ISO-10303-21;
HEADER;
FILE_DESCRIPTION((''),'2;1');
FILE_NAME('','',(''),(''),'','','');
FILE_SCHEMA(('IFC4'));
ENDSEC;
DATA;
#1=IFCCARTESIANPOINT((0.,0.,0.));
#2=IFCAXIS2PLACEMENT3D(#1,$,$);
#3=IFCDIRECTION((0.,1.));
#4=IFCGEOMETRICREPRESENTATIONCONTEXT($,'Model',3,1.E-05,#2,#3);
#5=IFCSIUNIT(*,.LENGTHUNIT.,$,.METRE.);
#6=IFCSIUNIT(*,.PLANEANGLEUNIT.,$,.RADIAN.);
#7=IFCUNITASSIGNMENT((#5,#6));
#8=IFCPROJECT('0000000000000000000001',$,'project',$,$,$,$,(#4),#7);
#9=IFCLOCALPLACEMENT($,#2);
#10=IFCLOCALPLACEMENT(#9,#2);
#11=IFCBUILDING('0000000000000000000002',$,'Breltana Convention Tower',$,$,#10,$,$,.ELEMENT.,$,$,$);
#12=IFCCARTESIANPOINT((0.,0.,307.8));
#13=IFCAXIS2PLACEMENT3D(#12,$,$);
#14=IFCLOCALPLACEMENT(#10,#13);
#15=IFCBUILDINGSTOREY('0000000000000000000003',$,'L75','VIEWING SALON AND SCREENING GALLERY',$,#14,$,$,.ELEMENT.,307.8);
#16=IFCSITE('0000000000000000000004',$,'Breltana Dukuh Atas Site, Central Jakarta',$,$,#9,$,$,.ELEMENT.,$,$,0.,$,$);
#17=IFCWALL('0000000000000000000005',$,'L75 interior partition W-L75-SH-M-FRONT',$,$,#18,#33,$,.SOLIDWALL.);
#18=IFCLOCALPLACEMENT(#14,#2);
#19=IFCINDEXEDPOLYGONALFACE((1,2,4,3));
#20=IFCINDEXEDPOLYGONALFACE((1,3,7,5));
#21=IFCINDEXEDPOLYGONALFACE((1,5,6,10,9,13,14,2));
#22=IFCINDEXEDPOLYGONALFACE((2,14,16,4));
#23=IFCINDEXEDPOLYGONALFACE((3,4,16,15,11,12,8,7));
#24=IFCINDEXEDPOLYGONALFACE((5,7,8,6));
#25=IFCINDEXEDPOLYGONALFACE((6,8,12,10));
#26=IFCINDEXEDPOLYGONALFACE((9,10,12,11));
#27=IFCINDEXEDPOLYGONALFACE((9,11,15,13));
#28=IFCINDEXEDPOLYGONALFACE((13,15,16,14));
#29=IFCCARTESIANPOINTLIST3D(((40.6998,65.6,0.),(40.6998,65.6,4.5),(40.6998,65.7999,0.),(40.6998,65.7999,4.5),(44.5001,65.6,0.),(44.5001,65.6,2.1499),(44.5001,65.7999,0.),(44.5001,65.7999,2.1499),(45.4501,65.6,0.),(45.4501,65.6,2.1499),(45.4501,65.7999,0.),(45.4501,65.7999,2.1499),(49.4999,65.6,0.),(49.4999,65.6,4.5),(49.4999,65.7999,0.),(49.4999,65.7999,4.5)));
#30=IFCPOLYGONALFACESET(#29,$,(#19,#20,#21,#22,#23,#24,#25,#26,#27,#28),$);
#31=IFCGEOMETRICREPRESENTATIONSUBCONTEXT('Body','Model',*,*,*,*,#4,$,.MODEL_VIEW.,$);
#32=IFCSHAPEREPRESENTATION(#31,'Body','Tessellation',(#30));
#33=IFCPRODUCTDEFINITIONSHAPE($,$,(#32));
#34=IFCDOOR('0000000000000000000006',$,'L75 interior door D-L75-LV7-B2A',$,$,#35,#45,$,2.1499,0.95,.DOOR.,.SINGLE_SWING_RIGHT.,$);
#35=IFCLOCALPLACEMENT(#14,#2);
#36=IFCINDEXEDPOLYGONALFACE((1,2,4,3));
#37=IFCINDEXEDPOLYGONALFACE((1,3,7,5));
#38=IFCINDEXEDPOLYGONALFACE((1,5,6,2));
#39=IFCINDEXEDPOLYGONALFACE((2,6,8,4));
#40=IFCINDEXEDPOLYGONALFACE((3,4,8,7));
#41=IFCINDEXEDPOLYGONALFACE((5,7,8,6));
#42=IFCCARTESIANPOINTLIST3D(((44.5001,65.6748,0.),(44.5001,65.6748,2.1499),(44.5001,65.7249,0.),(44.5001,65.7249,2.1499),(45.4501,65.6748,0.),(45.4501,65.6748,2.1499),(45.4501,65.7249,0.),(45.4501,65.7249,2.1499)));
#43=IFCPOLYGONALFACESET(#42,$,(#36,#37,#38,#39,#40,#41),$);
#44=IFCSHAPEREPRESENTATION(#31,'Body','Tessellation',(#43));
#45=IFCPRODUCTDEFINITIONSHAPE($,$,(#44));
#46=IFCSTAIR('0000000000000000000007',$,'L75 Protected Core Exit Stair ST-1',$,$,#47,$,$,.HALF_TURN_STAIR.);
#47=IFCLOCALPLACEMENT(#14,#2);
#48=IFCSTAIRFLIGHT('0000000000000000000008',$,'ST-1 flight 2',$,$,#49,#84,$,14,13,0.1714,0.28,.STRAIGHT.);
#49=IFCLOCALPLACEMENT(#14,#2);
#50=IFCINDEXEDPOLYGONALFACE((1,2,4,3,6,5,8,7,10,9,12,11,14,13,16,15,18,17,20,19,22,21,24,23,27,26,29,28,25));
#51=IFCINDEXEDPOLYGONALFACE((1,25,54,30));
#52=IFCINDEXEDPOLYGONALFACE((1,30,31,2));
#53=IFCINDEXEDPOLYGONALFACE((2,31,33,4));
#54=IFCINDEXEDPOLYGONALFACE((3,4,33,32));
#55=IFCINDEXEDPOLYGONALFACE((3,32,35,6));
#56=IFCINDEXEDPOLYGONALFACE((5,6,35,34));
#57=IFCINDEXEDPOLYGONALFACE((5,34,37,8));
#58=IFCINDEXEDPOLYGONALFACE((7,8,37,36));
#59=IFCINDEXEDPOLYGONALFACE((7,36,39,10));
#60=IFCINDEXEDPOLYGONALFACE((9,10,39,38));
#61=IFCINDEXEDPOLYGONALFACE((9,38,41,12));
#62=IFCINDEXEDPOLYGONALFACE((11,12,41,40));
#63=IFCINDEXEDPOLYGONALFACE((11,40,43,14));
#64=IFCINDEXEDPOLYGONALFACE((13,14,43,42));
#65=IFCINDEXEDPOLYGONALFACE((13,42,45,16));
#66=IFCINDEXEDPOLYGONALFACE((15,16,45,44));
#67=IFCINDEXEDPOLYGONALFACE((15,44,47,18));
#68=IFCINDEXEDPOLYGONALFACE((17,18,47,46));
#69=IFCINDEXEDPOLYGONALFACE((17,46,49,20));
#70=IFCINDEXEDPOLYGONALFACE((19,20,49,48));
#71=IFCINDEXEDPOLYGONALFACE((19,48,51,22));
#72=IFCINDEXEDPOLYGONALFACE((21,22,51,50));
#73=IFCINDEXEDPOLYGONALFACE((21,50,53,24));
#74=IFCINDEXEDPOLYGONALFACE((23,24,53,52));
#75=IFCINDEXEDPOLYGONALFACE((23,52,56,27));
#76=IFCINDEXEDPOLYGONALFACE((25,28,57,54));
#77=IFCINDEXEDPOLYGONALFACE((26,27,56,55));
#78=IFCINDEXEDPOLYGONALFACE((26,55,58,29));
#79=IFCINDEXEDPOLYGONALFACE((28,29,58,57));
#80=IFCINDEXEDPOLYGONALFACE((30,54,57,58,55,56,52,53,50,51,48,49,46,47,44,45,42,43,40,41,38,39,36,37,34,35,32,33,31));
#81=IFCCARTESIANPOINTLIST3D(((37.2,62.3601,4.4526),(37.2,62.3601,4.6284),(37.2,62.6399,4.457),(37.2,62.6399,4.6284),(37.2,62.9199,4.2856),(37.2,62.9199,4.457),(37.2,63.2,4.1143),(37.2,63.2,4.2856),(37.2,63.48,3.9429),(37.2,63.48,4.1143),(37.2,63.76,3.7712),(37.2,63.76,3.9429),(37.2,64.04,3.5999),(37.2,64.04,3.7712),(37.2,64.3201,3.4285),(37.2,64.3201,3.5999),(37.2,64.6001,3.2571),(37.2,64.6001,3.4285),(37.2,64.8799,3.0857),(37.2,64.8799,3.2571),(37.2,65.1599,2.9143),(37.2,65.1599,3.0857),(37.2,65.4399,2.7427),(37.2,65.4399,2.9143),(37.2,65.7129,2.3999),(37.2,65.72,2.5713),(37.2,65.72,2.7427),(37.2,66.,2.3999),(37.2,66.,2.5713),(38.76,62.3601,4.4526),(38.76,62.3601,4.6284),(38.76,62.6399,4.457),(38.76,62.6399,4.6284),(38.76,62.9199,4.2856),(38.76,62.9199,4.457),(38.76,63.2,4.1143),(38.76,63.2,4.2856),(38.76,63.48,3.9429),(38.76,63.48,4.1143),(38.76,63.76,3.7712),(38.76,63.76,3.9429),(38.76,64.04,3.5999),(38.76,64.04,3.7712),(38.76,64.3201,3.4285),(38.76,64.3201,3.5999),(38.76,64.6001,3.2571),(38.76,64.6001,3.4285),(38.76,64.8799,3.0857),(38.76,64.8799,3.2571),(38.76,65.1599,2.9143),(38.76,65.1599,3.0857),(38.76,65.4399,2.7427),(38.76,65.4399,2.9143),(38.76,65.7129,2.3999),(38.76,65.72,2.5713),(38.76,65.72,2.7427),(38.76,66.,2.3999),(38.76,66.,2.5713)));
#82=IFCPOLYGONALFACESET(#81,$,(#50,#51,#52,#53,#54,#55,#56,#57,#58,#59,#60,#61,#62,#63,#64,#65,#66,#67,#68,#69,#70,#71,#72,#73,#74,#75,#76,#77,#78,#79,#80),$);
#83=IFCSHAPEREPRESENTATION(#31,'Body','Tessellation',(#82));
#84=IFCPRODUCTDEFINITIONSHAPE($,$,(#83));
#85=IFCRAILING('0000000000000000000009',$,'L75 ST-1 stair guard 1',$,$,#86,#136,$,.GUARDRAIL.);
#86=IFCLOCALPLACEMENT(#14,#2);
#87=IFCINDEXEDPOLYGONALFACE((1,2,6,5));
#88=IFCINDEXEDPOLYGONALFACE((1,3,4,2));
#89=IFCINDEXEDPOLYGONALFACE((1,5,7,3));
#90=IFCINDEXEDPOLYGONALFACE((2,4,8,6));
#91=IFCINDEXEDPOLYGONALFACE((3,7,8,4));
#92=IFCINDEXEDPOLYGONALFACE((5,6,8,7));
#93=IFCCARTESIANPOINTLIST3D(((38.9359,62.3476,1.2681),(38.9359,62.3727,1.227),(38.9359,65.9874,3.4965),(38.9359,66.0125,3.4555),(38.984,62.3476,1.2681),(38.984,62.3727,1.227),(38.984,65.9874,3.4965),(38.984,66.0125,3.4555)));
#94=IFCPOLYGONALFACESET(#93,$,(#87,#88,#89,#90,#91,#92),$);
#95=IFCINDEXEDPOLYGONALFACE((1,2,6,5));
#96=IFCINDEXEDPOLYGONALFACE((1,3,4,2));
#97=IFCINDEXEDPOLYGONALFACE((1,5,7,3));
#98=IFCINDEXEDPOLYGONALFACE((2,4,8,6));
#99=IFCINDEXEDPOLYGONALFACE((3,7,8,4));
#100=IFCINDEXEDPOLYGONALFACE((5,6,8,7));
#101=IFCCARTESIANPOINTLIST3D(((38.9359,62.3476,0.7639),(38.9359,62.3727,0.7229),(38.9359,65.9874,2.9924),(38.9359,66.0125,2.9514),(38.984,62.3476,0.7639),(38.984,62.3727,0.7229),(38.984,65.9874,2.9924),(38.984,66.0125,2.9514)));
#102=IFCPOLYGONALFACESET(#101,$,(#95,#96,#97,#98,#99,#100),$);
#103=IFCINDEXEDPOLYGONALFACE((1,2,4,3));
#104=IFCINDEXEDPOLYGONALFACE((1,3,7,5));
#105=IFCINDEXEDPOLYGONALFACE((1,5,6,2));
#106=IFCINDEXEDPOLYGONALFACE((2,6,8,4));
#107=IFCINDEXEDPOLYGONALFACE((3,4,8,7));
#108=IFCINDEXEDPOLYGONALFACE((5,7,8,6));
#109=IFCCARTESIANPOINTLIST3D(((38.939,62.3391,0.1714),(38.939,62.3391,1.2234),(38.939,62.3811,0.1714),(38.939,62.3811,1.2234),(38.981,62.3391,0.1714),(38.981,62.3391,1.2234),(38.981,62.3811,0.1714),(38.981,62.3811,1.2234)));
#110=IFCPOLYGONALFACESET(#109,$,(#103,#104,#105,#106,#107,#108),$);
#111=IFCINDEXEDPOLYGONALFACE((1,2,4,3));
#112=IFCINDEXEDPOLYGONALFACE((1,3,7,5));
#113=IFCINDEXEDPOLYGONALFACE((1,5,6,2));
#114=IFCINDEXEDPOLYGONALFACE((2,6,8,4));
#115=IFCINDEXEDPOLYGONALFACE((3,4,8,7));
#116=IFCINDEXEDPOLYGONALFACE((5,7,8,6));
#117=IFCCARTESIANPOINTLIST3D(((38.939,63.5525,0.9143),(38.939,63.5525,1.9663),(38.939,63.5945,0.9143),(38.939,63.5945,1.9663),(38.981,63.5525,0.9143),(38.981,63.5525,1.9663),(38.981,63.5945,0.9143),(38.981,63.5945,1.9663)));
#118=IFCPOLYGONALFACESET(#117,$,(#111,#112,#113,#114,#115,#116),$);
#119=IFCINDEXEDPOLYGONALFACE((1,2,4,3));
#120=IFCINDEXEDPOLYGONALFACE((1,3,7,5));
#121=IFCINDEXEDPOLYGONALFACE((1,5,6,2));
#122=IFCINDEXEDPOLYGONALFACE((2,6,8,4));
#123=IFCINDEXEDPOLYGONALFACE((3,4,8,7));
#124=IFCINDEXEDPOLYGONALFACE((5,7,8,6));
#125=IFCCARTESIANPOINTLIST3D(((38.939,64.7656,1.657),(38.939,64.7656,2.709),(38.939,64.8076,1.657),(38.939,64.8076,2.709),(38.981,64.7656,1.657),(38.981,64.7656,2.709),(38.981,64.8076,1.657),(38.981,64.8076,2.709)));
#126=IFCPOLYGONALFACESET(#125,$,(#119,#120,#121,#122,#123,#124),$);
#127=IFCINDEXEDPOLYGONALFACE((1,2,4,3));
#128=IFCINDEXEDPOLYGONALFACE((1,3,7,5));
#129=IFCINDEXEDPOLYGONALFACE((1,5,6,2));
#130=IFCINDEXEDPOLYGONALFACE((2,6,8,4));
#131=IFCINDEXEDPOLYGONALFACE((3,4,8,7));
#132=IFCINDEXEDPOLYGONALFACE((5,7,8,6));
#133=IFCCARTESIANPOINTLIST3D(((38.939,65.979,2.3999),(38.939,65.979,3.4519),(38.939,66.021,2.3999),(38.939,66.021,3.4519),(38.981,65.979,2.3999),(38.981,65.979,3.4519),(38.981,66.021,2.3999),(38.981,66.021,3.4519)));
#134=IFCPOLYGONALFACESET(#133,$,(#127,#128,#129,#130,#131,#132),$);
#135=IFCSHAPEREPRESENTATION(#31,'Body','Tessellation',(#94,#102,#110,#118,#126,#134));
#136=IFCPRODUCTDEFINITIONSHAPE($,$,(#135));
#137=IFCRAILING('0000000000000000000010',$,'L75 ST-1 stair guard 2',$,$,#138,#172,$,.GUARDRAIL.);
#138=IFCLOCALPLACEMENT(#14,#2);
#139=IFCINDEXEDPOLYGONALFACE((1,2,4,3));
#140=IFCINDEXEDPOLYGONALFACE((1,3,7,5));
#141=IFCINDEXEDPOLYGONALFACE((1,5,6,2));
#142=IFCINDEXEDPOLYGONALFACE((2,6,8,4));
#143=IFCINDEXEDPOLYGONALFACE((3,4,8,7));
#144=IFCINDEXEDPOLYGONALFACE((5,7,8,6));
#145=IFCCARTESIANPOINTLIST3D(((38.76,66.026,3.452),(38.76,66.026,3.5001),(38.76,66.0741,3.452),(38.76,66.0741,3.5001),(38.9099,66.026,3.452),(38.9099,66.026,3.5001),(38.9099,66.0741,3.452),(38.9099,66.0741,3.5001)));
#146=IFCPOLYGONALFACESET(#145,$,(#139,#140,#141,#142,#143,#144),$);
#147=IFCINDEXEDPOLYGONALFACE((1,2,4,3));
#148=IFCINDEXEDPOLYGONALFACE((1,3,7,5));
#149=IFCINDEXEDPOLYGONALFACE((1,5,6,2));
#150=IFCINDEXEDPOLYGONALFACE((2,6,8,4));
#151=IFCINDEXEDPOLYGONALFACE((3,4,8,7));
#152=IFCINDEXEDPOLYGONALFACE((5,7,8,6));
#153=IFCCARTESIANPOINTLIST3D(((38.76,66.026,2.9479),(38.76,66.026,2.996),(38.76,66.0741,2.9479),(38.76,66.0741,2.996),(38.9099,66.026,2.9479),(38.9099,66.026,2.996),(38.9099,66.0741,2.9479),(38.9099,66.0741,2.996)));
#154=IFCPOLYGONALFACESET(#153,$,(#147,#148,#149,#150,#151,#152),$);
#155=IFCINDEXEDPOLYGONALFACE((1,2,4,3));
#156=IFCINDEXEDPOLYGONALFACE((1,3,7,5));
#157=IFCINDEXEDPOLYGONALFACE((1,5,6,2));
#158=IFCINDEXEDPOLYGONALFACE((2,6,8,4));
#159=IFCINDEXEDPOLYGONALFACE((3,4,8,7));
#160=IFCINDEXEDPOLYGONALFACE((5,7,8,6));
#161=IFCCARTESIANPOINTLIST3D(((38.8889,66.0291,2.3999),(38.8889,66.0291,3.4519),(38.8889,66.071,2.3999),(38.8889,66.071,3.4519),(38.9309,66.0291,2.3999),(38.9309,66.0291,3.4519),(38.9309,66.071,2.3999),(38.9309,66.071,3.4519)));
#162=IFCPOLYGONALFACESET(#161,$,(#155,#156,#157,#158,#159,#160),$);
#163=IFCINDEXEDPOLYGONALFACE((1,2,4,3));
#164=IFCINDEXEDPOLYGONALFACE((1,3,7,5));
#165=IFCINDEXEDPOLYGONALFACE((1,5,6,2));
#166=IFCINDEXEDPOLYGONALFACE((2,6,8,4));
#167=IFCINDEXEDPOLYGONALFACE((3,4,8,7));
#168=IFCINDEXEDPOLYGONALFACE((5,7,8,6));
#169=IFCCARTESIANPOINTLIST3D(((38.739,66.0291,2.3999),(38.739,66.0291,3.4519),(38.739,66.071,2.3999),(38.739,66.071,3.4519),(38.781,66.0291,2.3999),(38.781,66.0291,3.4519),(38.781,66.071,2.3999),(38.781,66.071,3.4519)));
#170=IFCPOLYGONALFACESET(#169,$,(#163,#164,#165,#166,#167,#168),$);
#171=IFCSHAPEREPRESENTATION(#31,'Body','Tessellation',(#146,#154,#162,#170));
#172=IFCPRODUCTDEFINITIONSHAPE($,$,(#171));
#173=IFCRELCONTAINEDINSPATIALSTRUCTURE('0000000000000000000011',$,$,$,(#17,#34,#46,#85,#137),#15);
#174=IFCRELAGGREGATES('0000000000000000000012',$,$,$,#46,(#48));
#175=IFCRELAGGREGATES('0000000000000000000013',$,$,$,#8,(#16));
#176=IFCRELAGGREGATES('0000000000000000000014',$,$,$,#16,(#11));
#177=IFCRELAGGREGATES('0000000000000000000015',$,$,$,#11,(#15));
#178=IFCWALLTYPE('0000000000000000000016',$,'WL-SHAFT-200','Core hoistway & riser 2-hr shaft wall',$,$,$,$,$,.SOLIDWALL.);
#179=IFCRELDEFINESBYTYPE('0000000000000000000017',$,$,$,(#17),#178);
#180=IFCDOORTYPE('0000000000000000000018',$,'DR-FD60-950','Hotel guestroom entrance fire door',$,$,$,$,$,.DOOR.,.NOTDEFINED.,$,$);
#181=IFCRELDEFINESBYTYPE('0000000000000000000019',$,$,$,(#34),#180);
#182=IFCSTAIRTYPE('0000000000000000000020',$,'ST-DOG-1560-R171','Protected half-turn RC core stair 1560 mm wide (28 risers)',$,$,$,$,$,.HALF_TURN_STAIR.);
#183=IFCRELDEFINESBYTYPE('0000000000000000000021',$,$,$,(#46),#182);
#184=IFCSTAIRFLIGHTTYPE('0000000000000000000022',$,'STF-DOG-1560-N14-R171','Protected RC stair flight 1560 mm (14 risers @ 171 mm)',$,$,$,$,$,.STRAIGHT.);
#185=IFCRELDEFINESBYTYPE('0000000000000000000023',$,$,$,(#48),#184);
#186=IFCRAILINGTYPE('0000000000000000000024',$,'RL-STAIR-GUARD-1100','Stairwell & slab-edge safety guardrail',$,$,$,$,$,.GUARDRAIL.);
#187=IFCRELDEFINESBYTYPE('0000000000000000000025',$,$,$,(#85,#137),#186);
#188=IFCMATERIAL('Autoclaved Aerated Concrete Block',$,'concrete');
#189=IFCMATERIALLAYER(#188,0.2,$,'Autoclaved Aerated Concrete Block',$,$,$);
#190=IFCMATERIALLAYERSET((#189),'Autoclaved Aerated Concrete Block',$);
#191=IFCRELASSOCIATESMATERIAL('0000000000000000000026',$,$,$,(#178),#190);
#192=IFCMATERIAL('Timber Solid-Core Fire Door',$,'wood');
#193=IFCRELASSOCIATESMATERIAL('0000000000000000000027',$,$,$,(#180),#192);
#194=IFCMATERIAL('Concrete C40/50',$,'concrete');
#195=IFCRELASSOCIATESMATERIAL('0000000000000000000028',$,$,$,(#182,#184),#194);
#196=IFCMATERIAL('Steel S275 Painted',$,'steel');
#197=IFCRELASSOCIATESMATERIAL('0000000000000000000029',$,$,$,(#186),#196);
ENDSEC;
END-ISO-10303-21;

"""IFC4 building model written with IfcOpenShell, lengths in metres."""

from ifc_helpers import new_model, si_unit, direction, frame, frame_2d, origin, origin_2d, place, context, subcontext, project, spatial, polyline, rectangle, outline, extrude, source, transform, mapped, material, layer, layer_set, type_object, type_shapes, element, fill, aggregate, save


model = new_model("IFC4")

# Units and contexts
model_context = context("Model", 3, precision=1e-05, world=origin(), true_north=direction((0.0, 1.0)))
body_context = subcontext(model_context, "Body", "Model", "MODEL_VIEW")
ifc_project = project(units=[si_unit("LENGTHUNIT", "METRE"), si_unit("PLANEANGLEUNIT", "RADIAN")], contexts=[model_context])

# Site, building, storey
site_placement = place(None, origin())
site = spatial("IfcSite", under=ifc_project, at=site_placement, Name="Breltana Dukuh Atas Site, Central Jakarta", CompositionType="ELEMENT", RefElevation=0.0)
building_placement = place(site_placement, origin())
building = spatial("IfcBuilding", under=site, at=building_placement, Name="Breltana Convention Tower", CompositionType="ELEMENT")
storey_placement = place(building_placement, frame((0.0, 0.0, 307.8)))
storey = spatial("IfcBuildingStorey", under=building, at=storey_placement, Name="L75", Description="VIEWING SALON AND SCREENING GALLERY", CompositionType="ELEMENT", Elevation=307.8)

# Shared definitions
ifc_material_1 = material(Name="Autoclaved Aerated Concrete Block", Category="concrete")
ifc_layer_1 = layer(ifc_material_1, 0.2, Name="Autoclaved Aerated Concrete Block")
ifc_layer_set_1 = layer_set([ifc_layer_1], Name="Autoclaved Aerated Concrete Block")
wall_type_1 = type_object("IfcWallType", Name="WL-SHAFT-200", Description="Core hoistway & riser 2-hr shaft wall", PredefinedType="SOLIDWALL", material=ifc_layer_set_1)
shared_shape_1 = source(origin(), body_context, "Body", "SweptSolid", [
    extrude(rectangle(XDim=8.8, YDim=0.2, at=frame_2d((4.3999, 0.0))), origin(), (0.0, 0.0, 1.0), 4.5),
])

# Wall, opening, door
wall_1_placement = place(storey_placement, frame((40.7, 65.7, 0.0), z_axis=(0.0, 0.0, 1.0), x_axis=(1.0, 0.0, 0.0)))
wall_1 = element("IfcWall", 1, at=wall_1_placement, inside=storey, type_object=wall_type_1, Name="L75 interior partition W-L75-SH-M-FRONT", PredefinedType="SOLIDWALL", context=body_context, shape_type="MappedRepresentation", body=[
    mapped(shared_shape_1, transform((0.0, 0.0, 0.0), scale=1.0)),
])
opening_1_placement = place(wall_1_placement, frame((3.8, 0.0, 0.0)))
opening_1 = element("IfcOpeningElement", 2, at=opening_1_placement, cuts=wall_1, PredefinedType="OPENING", context=body_context, shape_type="SweptSolid", body=[
    extrude(rectangle(XDim=0.95, YDim=2.1499, at=frame_2d((0.4751, 1.075))), frame((0.0, 0.1099, 0.0), z_axis=(0.0, -1.0, 0.0), x_axis=(1.0, 0.0, 0.0)), (0.0, 0.0, 1.0), 0.22),
])
ifc_material_2 = material(Name="Timber Solid-Core Fire Door", Category="wood")
door_type_1 = type_object("IfcDoorType", Name="DR-FD60-950", Description="Hotel guestroom entrance fire door", OperationType="NOTDEFINED", PredefinedType="DOOR", material=ifc_material_2)
shared_shape_2 = source(origin(), body_context, "Body", "SweptSolid", [
    extrude(rectangle(XDim=0.95, YDim=2.1499, at=frame_2d((0.4751, 1.075))), frame((0.0, 0.0249, 0.0), z_axis=(0.0, -1.0, 0.0), x_axis=(1.0, 0.0, 0.0)), (0.0, 0.0, 1.0), 0.05),
])
type_shapes(door_type_1, [shared_shape_2])
door_1_placement = place(opening_1_placement, origin())
door_1 = element("IfcDoor", 3, at=door_1_placement, inside=storey, type_object=door_type_1, Name="L75 interior door D-L75-LV7-B2A", OperationType="SINGLE_SWING_RIGHT", OverallHeight=2.1499, OverallWidth=0.95, PredefinedType="DOOR", context=body_context, shape_type="MappedRepresentation", body=[
    mapped(shared_shape_2, transform((0.0, 0.0, 0.0), scale=1.0)),
])
fill(opening_1, door_1)

# Stair, stair flight
ifc_material_3 = material(Name="Concrete C40/50", Category="concrete")
stair_type = type_object("IfcStairType", Name="ST-DOG-1560-R171", Description="Protected half-turn RC core stair 1560 mm wide (28 risers)", PredefinedType="HALF_TURN_STAIR", material=ifc_material_3)
stair_placement = place(storey_placement, origin())
stair = element("IfcStair", 4, at=stair_placement, inside=storey, type_object=stair_type, Name="L75 Protected Core Exit Stair ST-1", PredefinedType="HALF_TURN_STAIR")
stair_flight_type = type_object("IfcStairFlightType", Name="STF-DOG-1560-N14-R171", Description="Protected RC stair flight 1560 mm (14 risers @ 171 mm)", PredefinedType="STRAIGHT", material=ifc_material_3)
stair_flight_placement = place(storey_placement, frame((37.98, 66.0, 2.3999), z_axis=(0.0, 0.0, 1.0), x_axis=(0.0, -1.0, 0.0)))
stair_flight = element("IfcStairFlight", 5, at=stair_flight_placement, type_object=stair_flight_type, Name="ST-1 flight 2", NumberOfRisers=14, NumberOfTreads=13, PredefinedType="STRAIGHT", RiserHeight=0.1714, TreadLength=0.28, context=body_context, shape_type="SweptSolid", body=[
    extrude(outline(polyline([(0.0, 0.0), (0.0, 0.1714), (0.28, 0.1714), (0.28, 0.3428), (0.5601, 0.3428), (0.5601, 0.5144), (0.8401, 0.5144), (0.8401, 0.6858), (1.1201, 0.6858), (1.1201, 0.8572), (1.3999, 0.8572), (1.3999, 1.0286), (1.6799, 1.0286), (1.6799, 1.2), (1.96, 1.2), (1.96, 1.3713), (2.24, 1.3713), (2.24, 1.543), (2.52, 1.543), (2.52, 1.7144), (2.8, 1.7144), (2.8, 1.8857), (3.0801, 1.8857), (3.0801, 2.0571), (3.3601, 2.0571), (3.3601, 2.2285), (3.6399, 2.2285), (3.6399, 2.3999), (3.6399, 2.0527), (0.2871, 0.0), (0.0, 0.0)])), frame((0.0, 0.78, 0.0), z_axis=(0.0, -1.0, 0.0), x_axis=(1.0, 0.0, 0.0)), (0.0, 0.0, 1.0), 1.5601),
])
aggregate(stair, [stair_flight])

# Railings
ifc_material_4 = material(Name="Steel S275 Painted", Category="steel")
railing_type_1 = type_object("IfcRailingType", Name="RL-STAIR-GUARD-1100", Description="Stairwell & slab-edge safety guardrail", PredefinedType="GUARDRAIL", material=ifc_material_4)
railing_1_placement = place(storey_placement, frame((38.96, 62.3601, 0.1714)))
element("IfcRailing", 6, at=railing_1_placement, inside=storey, type_object=railing_type_1, Name="L75 ST-1 stair guard 1", PredefinedType="GUARDRAIL", context=body_context, shape_type="SweptSolid", body=[
    extrude(rectangle(XDim=0.0481, YDim=0.0481, at=origin_2d()), frame((0.0, 0.0, 1.0762), z_axis=(0.0, 0.85285, 0.522156), x_axis=(-1.0, 0.0, 0.0)), (0.0, 0.0, 1.0), 4.2678),
    extrude(rectangle(XDim=0.0481, YDim=0.0481, at=origin_2d()), frame((0.0, 0.0, 0.572), z_axis=(0.0, 0.85285, 0.522156), x_axis=(-1.0, 0.0, 0.0)), (0.0, 0.0, 1.0), 4.2678),
    extrude(rectangle(XDim=0.042, YDim=0.042, at=origin_2d()), origin(), (0.0, 0.0, 1.0), 1.052),
    extrude(rectangle(XDim=0.042, YDim=0.042, at=origin_2d()), frame((0.0, 1.2134, 0.7429)), (0.0, 0.0, 1.0), 1.052),
    extrude(rectangle(XDim=0.042, YDim=0.042, at=origin_2d()), frame((0.0, 2.4265, 1.4856)), (0.0, 0.0, 1.0), 1.052),
    extrude(rectangle(XDim=0.042, YDim=0.042, at=origin_2d()), frame((0.0, 3.6399, 2.2285)), (0.0, 0.0, 1.0), 1.052),
])
railing_2_placement = place(storey_placement, frame((38.9099, 66.05, 2.3999)))
element("IfcRailing", 7, at=railing_2_placement, inside=storey, type_object=railing_type_1, Name="L75 ST-1 stair guard 2", PredefinedType="GUARDRAIL", context=body_context, shape_type="SweptSolid", body=[
    extrude(rectangle(XDim=0.0481, YDim=0.0481, at=origin_2d()), frame((0.0, 0.0, 1.0762), z_axis=(-1.0, 0.0, 0.0), x_axis=(0.0, -1.0, 0.0)), (0.0, 0.0, 1.0), 0.1499),
    extrude(rectangle(XDim=0.0481, YDim=0.0481, at=origin_2d()), frame((0.0, 0.0, 0.572), z_axis=(-1.0, 0.0, 0.0), x_axis=(0.0, -1.0, 0.0)), (0.0, 0.0, 1.0), 0.1499),
    extrude(rectangle(XDim=0.042, YDim=0.042, at=origin_2d()), origin(), (0.0, 0.0, 1.0), 1.052),
    extrude(rectangle(XDim=0.042, YDim=0.042, at=origin_2d()), frame((-0.1499, 0.0, 0.0)), (0.0, 0.0, 1.0), 1.052),
])

save(model, "model.ifc")
